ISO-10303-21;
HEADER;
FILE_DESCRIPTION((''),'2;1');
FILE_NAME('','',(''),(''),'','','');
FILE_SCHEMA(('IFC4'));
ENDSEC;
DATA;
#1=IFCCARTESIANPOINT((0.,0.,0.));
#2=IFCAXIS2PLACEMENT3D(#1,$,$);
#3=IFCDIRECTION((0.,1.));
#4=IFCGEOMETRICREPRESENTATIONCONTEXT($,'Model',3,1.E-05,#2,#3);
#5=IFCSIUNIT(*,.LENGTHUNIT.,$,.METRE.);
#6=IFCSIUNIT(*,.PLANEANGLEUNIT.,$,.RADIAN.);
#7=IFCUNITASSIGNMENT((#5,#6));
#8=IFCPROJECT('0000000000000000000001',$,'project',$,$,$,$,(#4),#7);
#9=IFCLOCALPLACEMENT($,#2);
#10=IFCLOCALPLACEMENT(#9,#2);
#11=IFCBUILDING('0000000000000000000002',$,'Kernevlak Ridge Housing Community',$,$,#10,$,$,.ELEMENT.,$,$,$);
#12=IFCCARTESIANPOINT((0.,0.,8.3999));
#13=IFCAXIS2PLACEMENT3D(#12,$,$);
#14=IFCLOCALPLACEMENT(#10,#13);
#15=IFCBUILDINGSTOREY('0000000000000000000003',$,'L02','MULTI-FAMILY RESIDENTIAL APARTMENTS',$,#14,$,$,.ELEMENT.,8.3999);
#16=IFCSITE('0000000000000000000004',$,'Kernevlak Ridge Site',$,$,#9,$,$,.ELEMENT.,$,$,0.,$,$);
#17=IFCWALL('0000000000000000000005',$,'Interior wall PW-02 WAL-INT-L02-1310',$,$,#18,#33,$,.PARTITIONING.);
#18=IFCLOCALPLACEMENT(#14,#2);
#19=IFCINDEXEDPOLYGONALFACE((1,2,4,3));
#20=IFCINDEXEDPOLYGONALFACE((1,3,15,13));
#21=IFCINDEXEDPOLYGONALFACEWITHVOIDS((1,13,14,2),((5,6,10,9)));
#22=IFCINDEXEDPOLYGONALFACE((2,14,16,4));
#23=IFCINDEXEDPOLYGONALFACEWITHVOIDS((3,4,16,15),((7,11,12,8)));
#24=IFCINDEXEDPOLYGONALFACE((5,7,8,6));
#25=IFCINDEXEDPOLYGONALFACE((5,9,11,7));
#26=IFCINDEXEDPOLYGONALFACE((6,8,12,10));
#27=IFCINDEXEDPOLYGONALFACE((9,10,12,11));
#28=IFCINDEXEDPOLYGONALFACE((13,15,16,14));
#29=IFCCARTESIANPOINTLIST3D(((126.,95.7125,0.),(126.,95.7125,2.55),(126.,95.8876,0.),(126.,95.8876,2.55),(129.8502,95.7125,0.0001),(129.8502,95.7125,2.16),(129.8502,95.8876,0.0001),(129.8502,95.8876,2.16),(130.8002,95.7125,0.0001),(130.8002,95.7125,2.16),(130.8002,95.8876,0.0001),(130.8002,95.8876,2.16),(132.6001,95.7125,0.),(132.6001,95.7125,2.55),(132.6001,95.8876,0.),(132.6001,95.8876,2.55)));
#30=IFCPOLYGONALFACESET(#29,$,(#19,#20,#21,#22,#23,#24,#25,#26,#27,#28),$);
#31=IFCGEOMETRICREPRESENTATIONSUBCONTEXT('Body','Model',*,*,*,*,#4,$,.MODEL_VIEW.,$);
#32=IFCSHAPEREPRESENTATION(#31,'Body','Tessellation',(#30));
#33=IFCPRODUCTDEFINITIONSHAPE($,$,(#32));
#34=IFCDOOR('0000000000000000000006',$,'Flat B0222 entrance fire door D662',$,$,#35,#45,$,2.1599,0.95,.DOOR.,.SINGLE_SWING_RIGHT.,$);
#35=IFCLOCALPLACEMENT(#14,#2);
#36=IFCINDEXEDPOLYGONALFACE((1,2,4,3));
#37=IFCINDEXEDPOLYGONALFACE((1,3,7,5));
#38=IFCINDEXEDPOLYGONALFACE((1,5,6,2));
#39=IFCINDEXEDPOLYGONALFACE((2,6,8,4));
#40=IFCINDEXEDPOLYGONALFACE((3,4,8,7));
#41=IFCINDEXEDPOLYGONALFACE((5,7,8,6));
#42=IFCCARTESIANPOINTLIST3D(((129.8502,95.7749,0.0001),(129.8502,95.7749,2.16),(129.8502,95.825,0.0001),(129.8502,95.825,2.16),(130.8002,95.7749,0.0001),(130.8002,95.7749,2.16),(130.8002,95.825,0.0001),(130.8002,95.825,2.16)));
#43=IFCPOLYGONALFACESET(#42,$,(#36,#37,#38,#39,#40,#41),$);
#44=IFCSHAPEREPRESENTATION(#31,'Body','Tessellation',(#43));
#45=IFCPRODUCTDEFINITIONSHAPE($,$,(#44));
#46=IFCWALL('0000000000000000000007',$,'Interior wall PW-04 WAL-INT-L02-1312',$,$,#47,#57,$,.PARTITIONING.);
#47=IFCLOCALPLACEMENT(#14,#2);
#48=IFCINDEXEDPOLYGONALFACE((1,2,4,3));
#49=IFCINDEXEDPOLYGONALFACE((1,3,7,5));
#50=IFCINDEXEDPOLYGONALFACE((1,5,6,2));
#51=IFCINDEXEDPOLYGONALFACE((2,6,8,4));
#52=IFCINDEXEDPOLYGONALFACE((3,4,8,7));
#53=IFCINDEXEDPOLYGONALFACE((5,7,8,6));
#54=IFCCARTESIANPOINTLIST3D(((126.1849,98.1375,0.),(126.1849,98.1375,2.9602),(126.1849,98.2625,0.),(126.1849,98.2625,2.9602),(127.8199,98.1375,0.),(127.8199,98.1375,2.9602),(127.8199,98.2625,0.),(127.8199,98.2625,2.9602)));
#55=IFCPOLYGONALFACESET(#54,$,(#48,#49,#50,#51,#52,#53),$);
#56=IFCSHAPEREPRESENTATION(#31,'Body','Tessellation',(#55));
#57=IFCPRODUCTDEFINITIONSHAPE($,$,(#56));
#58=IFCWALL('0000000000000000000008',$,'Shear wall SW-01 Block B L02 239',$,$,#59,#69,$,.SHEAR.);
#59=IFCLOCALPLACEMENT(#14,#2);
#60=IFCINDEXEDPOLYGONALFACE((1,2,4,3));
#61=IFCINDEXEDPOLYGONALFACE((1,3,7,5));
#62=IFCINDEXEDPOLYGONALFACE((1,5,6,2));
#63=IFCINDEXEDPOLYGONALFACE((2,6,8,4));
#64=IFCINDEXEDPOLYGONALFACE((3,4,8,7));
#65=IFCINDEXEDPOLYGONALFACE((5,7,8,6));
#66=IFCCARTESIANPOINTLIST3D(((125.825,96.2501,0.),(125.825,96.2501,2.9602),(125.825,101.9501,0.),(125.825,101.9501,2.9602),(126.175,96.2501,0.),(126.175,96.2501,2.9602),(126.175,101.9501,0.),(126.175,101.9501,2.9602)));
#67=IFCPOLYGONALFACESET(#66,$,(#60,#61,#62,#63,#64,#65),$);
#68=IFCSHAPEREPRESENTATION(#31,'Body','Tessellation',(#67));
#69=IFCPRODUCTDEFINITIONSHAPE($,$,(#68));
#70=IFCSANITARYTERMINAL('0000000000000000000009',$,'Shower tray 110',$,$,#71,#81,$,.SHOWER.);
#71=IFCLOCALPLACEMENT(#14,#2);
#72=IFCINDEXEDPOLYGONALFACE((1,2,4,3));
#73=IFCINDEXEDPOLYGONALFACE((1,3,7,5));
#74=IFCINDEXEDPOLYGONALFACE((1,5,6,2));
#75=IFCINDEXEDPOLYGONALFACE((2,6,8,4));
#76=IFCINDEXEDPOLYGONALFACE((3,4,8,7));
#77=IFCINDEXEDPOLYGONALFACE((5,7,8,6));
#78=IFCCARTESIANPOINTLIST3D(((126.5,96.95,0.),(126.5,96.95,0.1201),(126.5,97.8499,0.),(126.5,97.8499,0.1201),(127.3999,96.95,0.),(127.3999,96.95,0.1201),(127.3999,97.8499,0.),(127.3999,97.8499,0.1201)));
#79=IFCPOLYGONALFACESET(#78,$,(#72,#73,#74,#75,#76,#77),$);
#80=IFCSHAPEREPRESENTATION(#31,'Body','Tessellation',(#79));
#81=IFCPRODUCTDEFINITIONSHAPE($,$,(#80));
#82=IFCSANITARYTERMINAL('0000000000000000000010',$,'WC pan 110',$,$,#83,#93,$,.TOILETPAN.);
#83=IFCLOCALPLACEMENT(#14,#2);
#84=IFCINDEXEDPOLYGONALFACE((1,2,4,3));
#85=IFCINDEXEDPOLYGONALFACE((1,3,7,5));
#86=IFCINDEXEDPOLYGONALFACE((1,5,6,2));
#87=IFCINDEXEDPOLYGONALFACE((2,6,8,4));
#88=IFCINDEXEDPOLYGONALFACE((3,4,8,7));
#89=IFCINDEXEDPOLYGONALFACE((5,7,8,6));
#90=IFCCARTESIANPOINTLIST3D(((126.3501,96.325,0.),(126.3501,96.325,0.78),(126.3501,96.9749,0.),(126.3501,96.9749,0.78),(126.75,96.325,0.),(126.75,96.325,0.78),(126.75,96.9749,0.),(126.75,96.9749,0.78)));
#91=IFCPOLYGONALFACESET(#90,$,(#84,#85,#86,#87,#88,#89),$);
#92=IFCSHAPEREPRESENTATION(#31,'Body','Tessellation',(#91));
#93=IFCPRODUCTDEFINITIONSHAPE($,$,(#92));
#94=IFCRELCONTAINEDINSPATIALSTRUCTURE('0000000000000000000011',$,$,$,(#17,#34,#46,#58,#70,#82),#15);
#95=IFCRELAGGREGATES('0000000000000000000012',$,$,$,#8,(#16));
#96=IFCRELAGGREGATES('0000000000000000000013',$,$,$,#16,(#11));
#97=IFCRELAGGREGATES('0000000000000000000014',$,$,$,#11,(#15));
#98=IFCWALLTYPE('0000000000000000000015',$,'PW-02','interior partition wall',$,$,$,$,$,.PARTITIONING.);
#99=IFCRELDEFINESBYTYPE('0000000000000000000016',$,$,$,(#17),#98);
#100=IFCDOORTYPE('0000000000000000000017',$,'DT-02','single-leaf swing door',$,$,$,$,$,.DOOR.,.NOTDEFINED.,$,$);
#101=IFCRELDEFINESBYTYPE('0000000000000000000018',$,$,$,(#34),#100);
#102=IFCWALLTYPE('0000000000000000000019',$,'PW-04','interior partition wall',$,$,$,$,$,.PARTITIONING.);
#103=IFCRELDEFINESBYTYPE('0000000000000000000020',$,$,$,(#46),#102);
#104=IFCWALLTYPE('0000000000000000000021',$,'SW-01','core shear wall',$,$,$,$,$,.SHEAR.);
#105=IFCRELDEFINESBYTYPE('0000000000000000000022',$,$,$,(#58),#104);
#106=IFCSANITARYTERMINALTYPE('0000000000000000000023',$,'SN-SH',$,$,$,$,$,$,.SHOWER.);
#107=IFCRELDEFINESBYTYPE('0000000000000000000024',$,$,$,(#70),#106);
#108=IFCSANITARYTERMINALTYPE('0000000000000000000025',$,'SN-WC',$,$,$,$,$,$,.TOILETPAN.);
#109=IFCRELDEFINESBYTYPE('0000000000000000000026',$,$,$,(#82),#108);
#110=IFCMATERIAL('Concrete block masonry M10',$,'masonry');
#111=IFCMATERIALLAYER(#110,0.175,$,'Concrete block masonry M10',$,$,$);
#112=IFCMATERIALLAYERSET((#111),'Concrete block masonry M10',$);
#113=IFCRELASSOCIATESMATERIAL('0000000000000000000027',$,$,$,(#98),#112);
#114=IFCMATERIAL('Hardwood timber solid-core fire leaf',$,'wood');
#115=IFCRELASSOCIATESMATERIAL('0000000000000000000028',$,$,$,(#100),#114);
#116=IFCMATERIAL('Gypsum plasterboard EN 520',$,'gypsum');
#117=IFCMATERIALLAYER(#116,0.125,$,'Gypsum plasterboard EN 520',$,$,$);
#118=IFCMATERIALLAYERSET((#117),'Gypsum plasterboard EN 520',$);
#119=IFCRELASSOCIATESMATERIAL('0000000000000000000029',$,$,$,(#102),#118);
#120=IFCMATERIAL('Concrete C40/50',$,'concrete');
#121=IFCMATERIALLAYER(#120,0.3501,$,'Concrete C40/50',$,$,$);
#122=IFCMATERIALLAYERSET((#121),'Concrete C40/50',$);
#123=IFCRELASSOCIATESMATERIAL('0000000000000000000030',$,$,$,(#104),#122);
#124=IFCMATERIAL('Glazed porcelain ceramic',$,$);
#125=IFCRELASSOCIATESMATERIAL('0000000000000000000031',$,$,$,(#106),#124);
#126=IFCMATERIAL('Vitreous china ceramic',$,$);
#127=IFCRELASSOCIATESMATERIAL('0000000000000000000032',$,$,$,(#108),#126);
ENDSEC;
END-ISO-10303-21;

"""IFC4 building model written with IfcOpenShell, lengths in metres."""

from ifc_helpers import new_model, si_unit, direction, frame, frame_2d, origin, origin_2d, place, context, subcontext, project, spatial, rectangle, extrude, material, layer, layer_set, type_object, element, fill, save


model = new_model("IFC4")

# Units and contexts
model_context = context("Model", 3, precision=1e-05, world=origin(), true_north=direction((0.0, 1.0)))
body_context = subcontext(model_context, "Body", "Model", "MODEL_VIEW")
ifc_project = project(units=[si_unit("LENGTHUNIT", "METRE"), si_unit("PLANEANGLEUNIT", "RADIAN")], contexts=[model_context])

# Site, building, storey
site_placement = place(None, origin())
site = spatial("IfcSite", under=ifc_project, at=site_placement, Name="Kernevlak Ridge Site", CompositionType="ELEMENT", RefElevation=0.0)
building_placement = place(site_placement, origin())
building = spatial("IfcBuilding", under=site, at=building_placement, Name="Kernevlak Ridge Housing Community", CompositionType="ELEMENT")
storey_placement = place(building_placement, frame((0.0, 0.0, 8.3999)))
storey = spatial("IfcBuildingStorey", under=building, at=storey_placement, Name="L02", Description="MULTI-FAMILY RESIDENTIAL APARTMENTS", CompositionType="ELEMENT", Elevation=8.3999)

# Shared definitions
ifc_material_1 = material(Name="Concrete C40/50", Category="concrete")

# Shared definitions
ifc_material_2 = material(Name="Concrete block masonry M10", Category="masonry")

# Shared definitions
ifc_layer_1 = layer(ifc_material_2, 0.175, Name="Concrete block masonry M10")
ifc_layer_set_1 = layer_set([ifc_layer_1], Name="Concrete block masonry M10")
wall_type_1 = type_object("IfcWallType", Name="PW-02", Description="interior partition wall", PredefinedType="PARTITIONING", material=ifc_layer_set_1)

# Wall, opening, door
wall_1_placement = place(storey_placement, frame((126.0, 95.8, 0.0), z_axis=(0.0, 0.0, 1.0), x_axis=(1.0, 0.0, 0.0)))
wall_1 = element("IfcWall", 1, at=wall_1_placement, inside=storey, type_object=wall_type_1, Name="Interior wall PW-02 WAL-INT-L02-1310", PredefinedType="PARTITIONING", context=body_context, shape_type="SweptSolid", body=[
    extrude(rectangle(XDim=6.6001, YDim=0.175, at=frame_2d((3.3, 0.0))), origin(), (0.0, 0.0, 1.0), 2.55),
])
opening_1_placement = place(wall_1_placement, frame((3.8501, 0.0, 0.0)))
opening_1 = element("IfcOpeningElement", 2, at=opening_1_placement, cuts=wall_1, PredefinedType="OPENING", context=body_context, shape_type="SweptSolid", body=[
    extrude(rectangle(XDim=0.95, YDim=2.1599, at=frame_2d((0.4751, 1.0801))), frame((0.0, 0.0974, 0.0), z_axis=(0.0, -1.0, 0.0), x_axis=(1.0, 0.0, 0.0)), (0.0, 0.0, 1.0), 0.1951),
])
ifc_material_3 = material(Name="Hardwood timber solid-core fire leaf", Category="wood")
door_type_1 = type_object("IfcDoorType", Name="DT-02", Description="single-leaf swing door", OperationType="NOTDEFINED", PredefinedType="DOOR", material=ifc_material_3)
door_1_placement = place(opening_1_placement, origin())
door_1 = element("IfcDoor", 3, at=door_1_placement, inside=storey, type_object=door_type_1, Name="Flat B0222 entrance fire door D662", OperationType="SINGLE_SWING_RIGHT", OverallHeight=2.1599, OverallWidth=0.95, PredefinedType="DOOR", context=body_context, shape_type="SweptSolid", body=[
    extrude(rectangle(XDim=0.95, YDim=2.1599, at=frame_2d((0.4751, 1.0801))), frame((0.0, 0.0249, 0.0), z_axis=(0.0, -1.0, 0.0), x_axis=(1.0, 0.0, 0.0)), (0.0, 0.0, 1.0), 0.05),
])
fill(opening_1, door_1)

# Walls
ifc_material_4 = material(Name="Gypsum plasterboard EN 520", Category="gypsum")
ifc_layer_2 = layer(ifc_material_4, 0.125, Name="Gypsum plasterboard EN 520")
ifc_layer_set_2 = layer_set([ifc_layer_2], Name="Gypsum plasterboard EN 520")
wall_type_2 = type_object("IfcWallType", Name="PW-04", Description="interior partition wall", PredefinedType="PARTITIONING", material=ifc_layer_set_2)
wall_2_placement = place(storey_placement, frame((126.1851, 98.2, 0.0), z_axis=(0.0, 0.0, 1.0), x_axis=(1.0, 0.0, 0.0)))
element("IfcWall", 4, at=wall_2_placement, inside=storey, type_object=wall_type_2, Name="Interior wall PW-04 WAL-INT-L02-1312", PredefinedType="PARTITIONING", context=body_context, shape_type="SweptSolid", body=[
    extrude(rectangle(XDim=1.635, YDim=0.125, at=frame_2d((0.8174, 0.0))), origin(), (0.0, 0.0, 1.0), 2.9602),
])
ifc_layer_3 = layer(ifc_material_1, 0.3501, Name="Concrete C40/50")
ifc_layer_set_3 = layer_set([ifc_layer_3], Name="Concrete C40/50")
wall_type_3 = type_object("IfcWallType", Name="SW-01", Description="core shear wall", PredefinedType="SHEAR", material=ifc_layer_set_3)
wall_3_placement = place(storey_placement, frame((126.0, 96.25, 0.0), z_axis=(0.0, 0.0, 1.0), x_axis=(0.0, 1.0, 0.0)))
element("IfcWall", 5, at=wall_3_placement, inside=storey, type_object=wall_type_3, Name="Shear wall SW-01 Block B L02 239", PredefinedType="SHEAR", context=body_context, shape_type="SweptSolid", body=[
    extrude(rectangle(XDim=5.7, YDim=0.3501, at=frame_2d((2.8501, 0.0))), origin(), (0.0, 0.0, 1.0), 2.9602),
])

# Sanitary terminals
ifc_material_5 = material(Name="Glazed porcelain ceramic")
sanitary_terminal_type_1 = type_object("IfcSanitaryTerminalType", Name="SN-SH", PredefinedType="SHOWER", material=ifc_material_5)
sanitary_terminal_1_placement = place(storey_placement, frame((126.95, 97.3999, 0.0), z_axis=(0.0, 0.0, 1.0), x_axis=(1.0, 0.0, 0.0)))
element("IfcSanitaryTerminal", 6, at=sanitary_terminal_1_placement, inside=storey, type_object=sanitary_terminal_type_1, Name="Shower tray 110", PredefinedType="SHOWER", context=body_context, shape_type="SweptSolid", body=[
    extrude(rectangle(XDim=0.8999, YDim=0.8999, at=origin_2d()), origin(), (0.0, 0.0, 1.0), 0.1201),
])
ifc_material_6 = material(Name="Vitreous china ceramic")
sanitary_terminal_type_2 = type_object("IfcSanitaryTerminalType", Name="SN-WC", PredefinedType="TOILETPAN", material=ifc_material_6)
sanitary_terminal_2_placement = place(storey_placement, frame((126.55, 96.6499, 0.0), z_axis=(0.0, 0.0, 1.0), x_axis=(1.0, 0.0, 0.0)))
element("IfcSanitaryTerminal", 7, at=sanitary_terminal_2_placement, inside=storey, type_object=sanitary_terminal_type_2, Name="WC pan 110", PredefinedType="TOILETPAN", context=body_context, shape_type="SweptSolid", body=[
    extrude(rectangle(XDim=0.3999, YDim=0.6499, at=origin_2d()), origin(), (0.0, 0.0, 1.0), 0.78),
])

save(model, "model.ifc")
